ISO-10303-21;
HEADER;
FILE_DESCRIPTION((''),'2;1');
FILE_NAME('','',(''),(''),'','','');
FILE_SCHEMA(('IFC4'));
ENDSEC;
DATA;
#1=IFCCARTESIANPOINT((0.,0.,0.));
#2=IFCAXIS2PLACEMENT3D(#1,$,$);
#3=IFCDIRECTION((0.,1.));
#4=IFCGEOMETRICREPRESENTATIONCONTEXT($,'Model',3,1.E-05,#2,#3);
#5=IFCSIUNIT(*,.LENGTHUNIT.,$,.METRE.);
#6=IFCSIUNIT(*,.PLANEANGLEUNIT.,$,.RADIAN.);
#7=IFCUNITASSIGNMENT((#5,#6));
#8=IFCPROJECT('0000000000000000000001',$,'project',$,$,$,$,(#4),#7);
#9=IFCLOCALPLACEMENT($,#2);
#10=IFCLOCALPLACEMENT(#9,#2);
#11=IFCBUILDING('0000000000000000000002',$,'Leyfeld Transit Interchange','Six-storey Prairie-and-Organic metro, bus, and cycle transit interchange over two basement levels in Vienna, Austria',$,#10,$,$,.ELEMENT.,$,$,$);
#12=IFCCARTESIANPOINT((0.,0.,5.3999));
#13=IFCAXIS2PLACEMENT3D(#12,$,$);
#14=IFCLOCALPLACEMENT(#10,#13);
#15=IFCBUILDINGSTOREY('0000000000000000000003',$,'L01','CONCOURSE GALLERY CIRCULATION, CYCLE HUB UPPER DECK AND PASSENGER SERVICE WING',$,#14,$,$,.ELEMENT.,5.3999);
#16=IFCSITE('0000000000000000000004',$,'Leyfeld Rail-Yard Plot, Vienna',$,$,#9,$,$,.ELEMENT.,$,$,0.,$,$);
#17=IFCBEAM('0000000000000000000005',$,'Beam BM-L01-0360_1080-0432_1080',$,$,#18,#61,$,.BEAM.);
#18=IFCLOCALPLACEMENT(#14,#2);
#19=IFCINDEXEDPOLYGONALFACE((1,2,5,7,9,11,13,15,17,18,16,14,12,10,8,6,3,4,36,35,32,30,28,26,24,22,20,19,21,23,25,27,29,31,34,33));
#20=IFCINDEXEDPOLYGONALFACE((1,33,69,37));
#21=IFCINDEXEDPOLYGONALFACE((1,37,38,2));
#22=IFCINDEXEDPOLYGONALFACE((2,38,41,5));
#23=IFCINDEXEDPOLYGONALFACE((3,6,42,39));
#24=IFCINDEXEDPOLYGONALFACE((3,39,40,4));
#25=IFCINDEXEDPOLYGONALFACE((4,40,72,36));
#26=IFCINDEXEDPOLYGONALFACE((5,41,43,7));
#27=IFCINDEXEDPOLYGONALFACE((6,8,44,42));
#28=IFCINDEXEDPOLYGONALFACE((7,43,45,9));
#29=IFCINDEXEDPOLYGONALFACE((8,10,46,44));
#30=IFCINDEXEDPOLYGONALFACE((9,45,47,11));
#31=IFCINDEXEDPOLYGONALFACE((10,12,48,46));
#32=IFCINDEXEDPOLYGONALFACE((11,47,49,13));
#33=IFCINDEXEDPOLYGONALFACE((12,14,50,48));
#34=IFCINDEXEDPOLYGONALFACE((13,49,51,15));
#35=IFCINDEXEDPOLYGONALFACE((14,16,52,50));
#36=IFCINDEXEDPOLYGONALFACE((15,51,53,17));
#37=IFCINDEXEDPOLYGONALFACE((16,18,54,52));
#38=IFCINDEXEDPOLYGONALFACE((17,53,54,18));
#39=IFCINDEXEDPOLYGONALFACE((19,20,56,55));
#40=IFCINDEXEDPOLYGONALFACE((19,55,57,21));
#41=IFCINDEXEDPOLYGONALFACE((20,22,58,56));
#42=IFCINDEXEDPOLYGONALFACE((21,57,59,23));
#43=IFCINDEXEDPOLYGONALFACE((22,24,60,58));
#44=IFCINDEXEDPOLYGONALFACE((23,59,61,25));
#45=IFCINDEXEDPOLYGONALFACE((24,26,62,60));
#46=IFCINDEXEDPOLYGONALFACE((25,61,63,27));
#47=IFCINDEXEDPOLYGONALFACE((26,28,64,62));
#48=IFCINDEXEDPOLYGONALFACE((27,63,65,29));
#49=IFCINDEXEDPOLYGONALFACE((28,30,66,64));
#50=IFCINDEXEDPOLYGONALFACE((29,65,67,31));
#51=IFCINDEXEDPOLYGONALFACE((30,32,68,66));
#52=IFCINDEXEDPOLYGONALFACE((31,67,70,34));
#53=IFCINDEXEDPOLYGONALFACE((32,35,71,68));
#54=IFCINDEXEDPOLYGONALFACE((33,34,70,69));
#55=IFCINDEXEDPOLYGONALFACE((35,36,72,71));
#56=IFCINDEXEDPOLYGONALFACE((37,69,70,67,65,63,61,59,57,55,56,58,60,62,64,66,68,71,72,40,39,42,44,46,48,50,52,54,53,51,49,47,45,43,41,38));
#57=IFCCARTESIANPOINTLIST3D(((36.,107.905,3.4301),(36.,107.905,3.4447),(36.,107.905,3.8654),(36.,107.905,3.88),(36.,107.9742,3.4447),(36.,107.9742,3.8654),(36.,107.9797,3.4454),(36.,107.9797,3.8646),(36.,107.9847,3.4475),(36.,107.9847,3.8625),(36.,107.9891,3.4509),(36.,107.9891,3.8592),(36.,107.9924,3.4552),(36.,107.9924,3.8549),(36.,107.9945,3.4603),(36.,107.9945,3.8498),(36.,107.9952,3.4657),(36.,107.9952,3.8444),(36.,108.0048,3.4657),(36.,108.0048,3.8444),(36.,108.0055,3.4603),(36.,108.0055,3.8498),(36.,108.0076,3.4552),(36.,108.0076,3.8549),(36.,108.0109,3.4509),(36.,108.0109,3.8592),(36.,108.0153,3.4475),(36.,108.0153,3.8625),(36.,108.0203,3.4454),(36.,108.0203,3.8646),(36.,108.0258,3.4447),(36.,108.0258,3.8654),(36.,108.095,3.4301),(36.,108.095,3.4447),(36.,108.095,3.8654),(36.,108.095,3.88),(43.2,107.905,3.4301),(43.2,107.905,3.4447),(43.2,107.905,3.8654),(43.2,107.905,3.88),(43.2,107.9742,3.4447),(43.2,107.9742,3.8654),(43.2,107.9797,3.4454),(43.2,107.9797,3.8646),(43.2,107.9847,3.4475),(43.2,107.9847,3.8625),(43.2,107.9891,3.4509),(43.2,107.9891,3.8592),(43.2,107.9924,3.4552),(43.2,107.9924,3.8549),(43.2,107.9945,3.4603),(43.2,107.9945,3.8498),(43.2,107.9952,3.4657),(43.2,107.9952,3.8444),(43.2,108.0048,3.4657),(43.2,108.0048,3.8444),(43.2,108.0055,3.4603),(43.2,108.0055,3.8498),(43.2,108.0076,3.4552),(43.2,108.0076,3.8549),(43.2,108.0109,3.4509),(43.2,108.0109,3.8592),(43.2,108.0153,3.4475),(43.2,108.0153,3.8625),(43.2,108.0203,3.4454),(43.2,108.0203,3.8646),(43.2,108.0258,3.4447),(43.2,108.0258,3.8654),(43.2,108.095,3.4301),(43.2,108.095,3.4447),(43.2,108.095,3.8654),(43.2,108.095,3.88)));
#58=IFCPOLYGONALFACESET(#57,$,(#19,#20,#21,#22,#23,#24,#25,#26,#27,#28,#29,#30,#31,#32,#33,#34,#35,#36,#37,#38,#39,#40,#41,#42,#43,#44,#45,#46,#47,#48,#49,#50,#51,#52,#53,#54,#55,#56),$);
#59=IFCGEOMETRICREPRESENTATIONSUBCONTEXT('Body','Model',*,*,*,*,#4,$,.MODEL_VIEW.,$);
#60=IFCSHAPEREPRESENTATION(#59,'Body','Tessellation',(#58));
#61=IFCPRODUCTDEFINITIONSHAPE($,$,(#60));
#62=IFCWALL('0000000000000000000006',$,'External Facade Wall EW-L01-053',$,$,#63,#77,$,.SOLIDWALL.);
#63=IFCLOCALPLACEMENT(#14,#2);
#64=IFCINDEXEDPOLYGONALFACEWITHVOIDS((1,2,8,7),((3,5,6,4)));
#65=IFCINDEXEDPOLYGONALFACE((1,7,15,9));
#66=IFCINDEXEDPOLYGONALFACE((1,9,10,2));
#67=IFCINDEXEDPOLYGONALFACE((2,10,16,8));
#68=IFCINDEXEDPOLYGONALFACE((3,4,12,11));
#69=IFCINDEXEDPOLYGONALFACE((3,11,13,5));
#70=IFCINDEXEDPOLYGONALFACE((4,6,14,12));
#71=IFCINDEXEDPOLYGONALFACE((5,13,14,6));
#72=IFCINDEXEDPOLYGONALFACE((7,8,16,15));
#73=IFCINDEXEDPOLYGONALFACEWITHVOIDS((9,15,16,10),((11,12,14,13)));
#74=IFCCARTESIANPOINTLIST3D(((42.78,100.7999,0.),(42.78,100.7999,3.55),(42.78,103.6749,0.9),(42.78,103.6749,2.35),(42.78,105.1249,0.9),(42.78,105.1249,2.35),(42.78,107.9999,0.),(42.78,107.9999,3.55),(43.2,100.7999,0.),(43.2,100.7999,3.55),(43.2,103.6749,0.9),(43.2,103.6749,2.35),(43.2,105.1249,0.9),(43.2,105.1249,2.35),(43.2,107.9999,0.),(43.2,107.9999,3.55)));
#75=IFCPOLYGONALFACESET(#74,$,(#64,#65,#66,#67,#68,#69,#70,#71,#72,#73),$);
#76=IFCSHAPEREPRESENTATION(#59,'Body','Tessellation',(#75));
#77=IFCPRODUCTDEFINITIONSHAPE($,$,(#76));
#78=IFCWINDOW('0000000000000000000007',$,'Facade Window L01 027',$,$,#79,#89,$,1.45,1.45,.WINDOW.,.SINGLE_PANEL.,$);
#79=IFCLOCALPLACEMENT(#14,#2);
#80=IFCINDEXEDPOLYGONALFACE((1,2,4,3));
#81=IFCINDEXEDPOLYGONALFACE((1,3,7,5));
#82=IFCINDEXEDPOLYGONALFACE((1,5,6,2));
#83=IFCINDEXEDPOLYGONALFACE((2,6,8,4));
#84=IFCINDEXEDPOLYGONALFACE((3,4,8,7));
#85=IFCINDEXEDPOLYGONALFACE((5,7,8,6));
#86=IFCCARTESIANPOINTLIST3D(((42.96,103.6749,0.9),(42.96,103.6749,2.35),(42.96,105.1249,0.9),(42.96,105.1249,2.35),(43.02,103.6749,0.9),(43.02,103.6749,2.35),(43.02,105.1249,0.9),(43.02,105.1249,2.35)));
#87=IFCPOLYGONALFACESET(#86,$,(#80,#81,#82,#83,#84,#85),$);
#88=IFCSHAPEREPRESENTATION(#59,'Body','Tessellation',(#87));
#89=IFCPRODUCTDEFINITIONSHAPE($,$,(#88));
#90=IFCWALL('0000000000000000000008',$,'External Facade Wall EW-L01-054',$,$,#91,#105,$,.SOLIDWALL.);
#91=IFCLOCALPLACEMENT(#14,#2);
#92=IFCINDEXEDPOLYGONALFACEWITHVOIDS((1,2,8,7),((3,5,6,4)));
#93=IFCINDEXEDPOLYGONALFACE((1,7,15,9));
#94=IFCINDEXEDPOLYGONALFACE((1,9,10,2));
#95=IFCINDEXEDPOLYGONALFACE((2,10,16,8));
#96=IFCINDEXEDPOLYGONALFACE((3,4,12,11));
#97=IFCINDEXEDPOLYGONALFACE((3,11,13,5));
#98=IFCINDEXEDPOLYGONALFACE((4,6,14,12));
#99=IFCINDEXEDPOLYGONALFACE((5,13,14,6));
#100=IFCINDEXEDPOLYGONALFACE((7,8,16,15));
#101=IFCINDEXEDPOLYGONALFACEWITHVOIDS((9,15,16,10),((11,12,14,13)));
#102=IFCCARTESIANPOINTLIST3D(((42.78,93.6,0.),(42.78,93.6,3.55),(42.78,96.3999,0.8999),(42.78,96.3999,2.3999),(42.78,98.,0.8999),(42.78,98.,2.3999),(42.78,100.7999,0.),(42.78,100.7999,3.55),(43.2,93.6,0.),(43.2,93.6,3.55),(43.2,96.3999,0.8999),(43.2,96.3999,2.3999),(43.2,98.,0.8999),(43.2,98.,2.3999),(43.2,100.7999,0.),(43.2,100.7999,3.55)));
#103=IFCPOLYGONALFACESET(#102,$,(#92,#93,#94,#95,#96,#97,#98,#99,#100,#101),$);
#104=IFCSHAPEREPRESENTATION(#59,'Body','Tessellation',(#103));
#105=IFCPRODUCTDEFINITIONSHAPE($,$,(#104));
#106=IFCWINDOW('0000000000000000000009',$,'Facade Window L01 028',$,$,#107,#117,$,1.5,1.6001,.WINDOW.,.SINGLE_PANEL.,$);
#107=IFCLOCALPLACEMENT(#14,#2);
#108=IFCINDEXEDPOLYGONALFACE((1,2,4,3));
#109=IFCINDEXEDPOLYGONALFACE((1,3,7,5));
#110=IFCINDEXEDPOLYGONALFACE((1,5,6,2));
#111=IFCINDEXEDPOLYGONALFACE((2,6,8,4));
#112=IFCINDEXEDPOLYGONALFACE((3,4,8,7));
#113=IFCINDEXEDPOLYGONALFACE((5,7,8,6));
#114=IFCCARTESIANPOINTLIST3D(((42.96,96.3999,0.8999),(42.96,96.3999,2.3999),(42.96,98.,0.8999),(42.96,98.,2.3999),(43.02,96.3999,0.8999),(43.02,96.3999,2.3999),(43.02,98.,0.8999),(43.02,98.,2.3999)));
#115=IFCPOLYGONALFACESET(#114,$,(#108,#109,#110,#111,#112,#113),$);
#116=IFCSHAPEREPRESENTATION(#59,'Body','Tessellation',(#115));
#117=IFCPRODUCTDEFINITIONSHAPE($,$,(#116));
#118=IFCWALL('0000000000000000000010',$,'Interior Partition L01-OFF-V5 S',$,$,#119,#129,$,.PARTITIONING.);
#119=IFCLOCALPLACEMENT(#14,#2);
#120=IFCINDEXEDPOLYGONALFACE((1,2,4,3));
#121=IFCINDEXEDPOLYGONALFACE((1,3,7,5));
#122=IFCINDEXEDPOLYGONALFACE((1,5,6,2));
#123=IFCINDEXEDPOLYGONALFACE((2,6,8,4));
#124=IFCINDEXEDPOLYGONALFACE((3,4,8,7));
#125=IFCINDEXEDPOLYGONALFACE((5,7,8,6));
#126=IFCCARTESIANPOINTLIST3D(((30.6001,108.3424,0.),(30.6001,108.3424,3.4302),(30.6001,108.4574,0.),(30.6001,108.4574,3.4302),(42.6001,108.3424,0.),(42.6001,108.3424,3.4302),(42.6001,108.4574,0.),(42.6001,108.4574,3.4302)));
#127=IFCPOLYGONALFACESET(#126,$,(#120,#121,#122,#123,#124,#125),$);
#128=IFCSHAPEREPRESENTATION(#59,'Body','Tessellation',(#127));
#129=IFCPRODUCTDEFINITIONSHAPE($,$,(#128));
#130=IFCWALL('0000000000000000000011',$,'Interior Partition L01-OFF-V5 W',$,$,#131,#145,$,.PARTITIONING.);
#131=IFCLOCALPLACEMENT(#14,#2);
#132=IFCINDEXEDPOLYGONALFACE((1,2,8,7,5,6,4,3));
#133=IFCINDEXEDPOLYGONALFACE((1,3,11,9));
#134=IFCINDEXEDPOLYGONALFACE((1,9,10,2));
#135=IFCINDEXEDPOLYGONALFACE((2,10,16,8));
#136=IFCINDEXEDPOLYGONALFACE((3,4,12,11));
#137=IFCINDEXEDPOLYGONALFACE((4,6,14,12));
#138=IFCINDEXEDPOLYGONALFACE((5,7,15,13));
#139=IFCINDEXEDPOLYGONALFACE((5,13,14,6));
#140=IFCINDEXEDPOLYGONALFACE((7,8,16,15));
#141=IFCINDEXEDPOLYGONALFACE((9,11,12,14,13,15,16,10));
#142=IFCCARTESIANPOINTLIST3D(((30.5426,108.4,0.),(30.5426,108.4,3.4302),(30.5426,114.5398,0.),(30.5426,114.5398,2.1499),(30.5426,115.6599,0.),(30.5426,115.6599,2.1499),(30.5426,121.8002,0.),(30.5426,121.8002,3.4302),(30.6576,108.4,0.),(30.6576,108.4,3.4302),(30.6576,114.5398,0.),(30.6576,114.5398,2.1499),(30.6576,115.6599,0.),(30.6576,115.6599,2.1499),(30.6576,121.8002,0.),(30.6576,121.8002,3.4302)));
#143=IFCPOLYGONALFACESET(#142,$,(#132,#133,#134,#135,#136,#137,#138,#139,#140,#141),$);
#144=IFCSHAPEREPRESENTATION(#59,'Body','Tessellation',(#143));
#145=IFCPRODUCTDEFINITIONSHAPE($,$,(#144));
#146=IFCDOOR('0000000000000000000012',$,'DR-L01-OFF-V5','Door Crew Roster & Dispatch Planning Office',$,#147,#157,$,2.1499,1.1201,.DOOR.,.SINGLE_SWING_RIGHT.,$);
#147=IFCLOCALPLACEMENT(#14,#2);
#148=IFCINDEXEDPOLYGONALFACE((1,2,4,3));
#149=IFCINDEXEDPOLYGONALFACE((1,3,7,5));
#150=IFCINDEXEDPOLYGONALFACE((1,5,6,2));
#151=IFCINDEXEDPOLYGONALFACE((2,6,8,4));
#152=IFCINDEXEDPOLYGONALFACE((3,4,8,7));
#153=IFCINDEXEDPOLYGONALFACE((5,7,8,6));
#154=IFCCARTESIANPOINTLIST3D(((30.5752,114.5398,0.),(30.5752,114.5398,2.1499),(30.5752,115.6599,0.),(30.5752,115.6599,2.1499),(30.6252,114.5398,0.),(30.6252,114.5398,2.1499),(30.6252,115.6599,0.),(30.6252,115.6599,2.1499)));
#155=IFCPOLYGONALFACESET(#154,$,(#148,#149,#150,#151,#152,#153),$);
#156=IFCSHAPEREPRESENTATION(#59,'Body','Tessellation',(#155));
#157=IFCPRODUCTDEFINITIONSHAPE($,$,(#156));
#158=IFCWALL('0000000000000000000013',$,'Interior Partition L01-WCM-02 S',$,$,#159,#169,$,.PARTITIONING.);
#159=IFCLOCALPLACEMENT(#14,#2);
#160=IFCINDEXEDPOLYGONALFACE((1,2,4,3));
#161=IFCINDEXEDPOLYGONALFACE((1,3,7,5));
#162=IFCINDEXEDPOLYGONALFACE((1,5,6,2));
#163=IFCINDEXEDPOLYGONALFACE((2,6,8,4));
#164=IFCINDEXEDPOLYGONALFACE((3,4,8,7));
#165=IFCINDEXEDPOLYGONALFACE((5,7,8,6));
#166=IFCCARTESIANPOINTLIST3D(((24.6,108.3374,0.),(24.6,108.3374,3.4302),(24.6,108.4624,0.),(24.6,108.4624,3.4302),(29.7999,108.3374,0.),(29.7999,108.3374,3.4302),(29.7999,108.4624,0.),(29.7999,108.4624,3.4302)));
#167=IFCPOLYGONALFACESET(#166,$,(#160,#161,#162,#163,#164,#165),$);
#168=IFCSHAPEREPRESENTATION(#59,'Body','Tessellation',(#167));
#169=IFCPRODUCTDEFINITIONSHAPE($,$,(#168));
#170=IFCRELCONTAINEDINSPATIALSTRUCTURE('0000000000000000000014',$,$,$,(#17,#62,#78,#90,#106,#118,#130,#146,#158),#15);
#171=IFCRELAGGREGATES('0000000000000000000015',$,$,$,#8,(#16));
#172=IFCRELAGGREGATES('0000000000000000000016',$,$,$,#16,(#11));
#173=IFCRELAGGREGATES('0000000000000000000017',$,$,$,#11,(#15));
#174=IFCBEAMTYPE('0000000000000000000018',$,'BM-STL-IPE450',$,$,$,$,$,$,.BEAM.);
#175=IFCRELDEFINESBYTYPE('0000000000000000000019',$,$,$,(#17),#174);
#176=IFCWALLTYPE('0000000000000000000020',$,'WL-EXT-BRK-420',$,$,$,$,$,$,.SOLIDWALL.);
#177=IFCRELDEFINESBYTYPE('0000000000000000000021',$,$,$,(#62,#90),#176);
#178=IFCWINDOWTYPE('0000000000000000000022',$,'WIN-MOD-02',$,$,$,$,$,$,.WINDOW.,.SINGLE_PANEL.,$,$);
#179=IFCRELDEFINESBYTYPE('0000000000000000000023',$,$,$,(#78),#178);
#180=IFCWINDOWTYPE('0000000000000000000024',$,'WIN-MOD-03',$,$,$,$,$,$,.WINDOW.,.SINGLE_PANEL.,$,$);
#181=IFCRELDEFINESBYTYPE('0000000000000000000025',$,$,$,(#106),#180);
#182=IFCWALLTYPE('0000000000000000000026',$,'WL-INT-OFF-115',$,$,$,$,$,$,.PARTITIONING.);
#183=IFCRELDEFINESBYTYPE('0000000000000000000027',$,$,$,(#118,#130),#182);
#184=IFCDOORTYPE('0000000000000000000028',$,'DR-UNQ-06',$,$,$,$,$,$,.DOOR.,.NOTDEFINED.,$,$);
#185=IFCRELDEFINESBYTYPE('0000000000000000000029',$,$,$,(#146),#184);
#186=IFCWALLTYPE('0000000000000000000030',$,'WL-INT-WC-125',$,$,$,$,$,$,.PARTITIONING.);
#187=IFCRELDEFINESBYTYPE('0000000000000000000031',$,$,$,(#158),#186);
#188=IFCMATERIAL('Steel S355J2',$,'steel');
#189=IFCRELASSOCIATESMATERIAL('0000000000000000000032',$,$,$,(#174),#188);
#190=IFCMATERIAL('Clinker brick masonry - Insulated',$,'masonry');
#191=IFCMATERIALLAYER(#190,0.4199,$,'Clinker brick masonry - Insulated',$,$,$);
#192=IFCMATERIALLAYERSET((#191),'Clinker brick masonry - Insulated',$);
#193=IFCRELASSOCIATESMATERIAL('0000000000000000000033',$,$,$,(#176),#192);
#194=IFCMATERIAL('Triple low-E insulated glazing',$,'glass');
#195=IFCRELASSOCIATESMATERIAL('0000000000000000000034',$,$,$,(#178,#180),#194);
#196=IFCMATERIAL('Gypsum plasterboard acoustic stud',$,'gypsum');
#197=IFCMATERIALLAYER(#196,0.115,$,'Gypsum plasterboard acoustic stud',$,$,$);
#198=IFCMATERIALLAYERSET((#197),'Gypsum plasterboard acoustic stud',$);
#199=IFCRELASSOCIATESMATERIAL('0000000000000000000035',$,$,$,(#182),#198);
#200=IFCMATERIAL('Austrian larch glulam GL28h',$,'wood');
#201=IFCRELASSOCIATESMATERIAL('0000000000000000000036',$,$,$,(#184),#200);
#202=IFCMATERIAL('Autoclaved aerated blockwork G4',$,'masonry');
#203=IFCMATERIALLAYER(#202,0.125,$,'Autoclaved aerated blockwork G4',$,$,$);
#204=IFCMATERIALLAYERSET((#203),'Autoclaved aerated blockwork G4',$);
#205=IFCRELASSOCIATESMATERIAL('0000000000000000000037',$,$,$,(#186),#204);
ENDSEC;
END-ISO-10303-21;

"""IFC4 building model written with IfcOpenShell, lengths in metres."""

from ifc_helpers import new_model, si_unit, direction, frame, frame_2d, origin, origin_2d, place, context, subcontext, project, spatial, rectangle, i_section, extrude, material, layer, layer_set, material_profile, profile_set, type_object, element, fill, save


model = new_model("IFC4")

# Units and contexts
model_context = context("Model", 3, precision=1e-05, world=origin(), true_north=direction((0.0, 1.0)))
body_context = subcontext(model_context, "Body", "Model", "MODEL_VIEW")
ifc_project = project(units=[si_unit("LENGTHUNIT", "METRE"), si_unit("PLANEANGLEUNIT", "RADIAN")], contexts=[model_context])

# Site, building, storey
site_placement = place(None, origin())
site = spatial("IfcSite", under=ifc_project, at=site_placement, Name="Leyfeld Rail-Yard Plot, Vienna", CompositionType="ELEMENT", RefElevation=0.0)
building_placement = place(site_placement, origin())
building = spatial("IfcBuilding", under=site, at=building_placement, Name="Leyfeld Transit Interchange", Description="Six-storey Prairie-and-Organic metro, bus, and cycle transit interchange over two basement levels in Vienna, Austria", CompositionType="ELEMENT")
storey_placement = place(building_placement, frame((0.0, 0.0, 5.3999)))
storey = spatial("IfcBuildingStorey", under=building, at=storey_placement, Name="L01", Description="CONCOURSE GALLERY CIRCULATION, CYCLE HUB UPPER DECK AND PASSENGER SERVICE WING", CompositionType="ELEMENT", Elevation=5.3999)

# Beam
ifc_material_1 = material(Name="Steel S355J2", Category="steel")
ifc_material_profile_1 = material_profile(ifc_material_1, i_section(OverallWidth=0.1899, OverallDepth=0.45, WebThickness=0.0095, FlangeThickness=0.0146, FilletRadius=0.021, at=origin_2d()), Name="IPE 450")
ifc_profile_set_1 = profile_set([ifc_material_profile_1], Name="Steel S355J2")
beam_type_1 = type_object("IfcBeamType", Name="BM-STL-IPE450", PredefinedType="BEAM", material=ifc_profile_set_1)
for number, where, z_axis, x_axis, name in (
    (1, (36.0, 108.0, 3.655), (1.0, 0.0, 0.0), (0.0, 1.0, 0.0), "Beam BM-L01-0360_1080-0432_1080"),
):
    element("IfcBeam", number, at=place(storey_placement, frame(where, z_axis=z_axis, x_axis=x_axis)), inside=storey, type_object=beam_type_1, Name=name, PredefinedType="BEAM", context=body_context, shape_type="SweptSolid", body=[
        extrude(i_section(OverallWidth=0.1899, OverallDepth=0.45, WebThickness=0.0095, FlangeThickness=0.0146, FilletRadius=0.021, at=origin_2d()), origin(), (0.0, 0.0, 1.0), 7.2),
    ])

# Walls, openings, windows
ifc_material_2 = material(Name="Clinker brick masonry - Insulated", Category="masonry")
ifc_layer_1 = layer(ifc_material_2, 0.4199, Name="Clinker brick masonry - Insulated")
ifc_layer_set_1 = layer_set([ifc_layer_1], Name="Clinker brick masonry - Insulated")
wall_type_1 = type_object("IfcWallType", Name="WL-EXT-BRK-420", PredefinedType="SOLIDWALL", material=ifc_layer_set_1)
wall_1_placement = place(storey_placement, frame((42.99, 108.0, 0.0), z_axis=(0.0, 0.0, 1.0), x_axis=(0.0, -1.0, 0.0)))
wall_1 = element("IfcWall", 2, at=wall_1_placement, inside=storey, type_object=wall_type_1, Name="External Facade Wall EW-L01-053", PredefinedType="SOLIDWALL", context=body_context, shape_type="SweptSolid", body=[
    extrude(rectangle(XDim=7.2, YDim=0.4199, at=frame_2d((3.6001, 0.0))), origin(), (0.0, 0.0, 1.0), 3.55),
])
opening_1_placement = place(wall_1_placement, frame((2.875, 0.0, 0.8999)))
opening_1 = element("IfcOpeningElement", 3, at=opening_1_placement, cuts=wall_1, PredefinedType="OPENING", context=body_context, shape_type="SweptSolid", body=[
    extrude(rectangle(XDim=1.45, YDim=1.45, at=frame_2d((0.7251, 0.7251))), frame((0.0, 0.22, 0.0), z_axis=(0.0, -1.0, 0.0), x_axis=(1.0, 0.0, 0.0)), (0.0, 0.0, 1.0), 0.4399),
])
ifc_material_3 = material(Name="Triple low-E insulated glazing", Category="glass")
window_type_1 = type_object("IfcWindowType", Name="WIN-MOD-02", PartitioningType="SINGLE_PANEL", PredefinedType="WINDOW", material=ifc_material_3)
window_1_placement = place(opening_1_placement, origin())
window_1 = element("IfcWindow", 4, at=window_1_placement, inside=storey, type_object=window_type_1, Name="Facade Window L01 027", OverallHeight=1.45, OverallWidth=1.45, PartitioningType="SINGLE_PANEL", PredefinedType="WINDOW", context=body_context, shape_type="SweptSolid", body=[
    extrude(rectangle(XDim=1.45, YDim=1.45, at=frame_2d((0.7251, 0.7251))), frame((0.0, 0.03, 0.0), z_axis=(0.0, -1.0, 0.0), x_axis=(1.0, 0.0, 0.0)), (0.0, 0.0, 1.0), 0.0601),
])
fill(opening_1, window_1)
wall_2_placement = place(storey_placement, frame((42.99, 100.8, 0.0), z_axis=(0.0, 0.0, 1.0), x_axis=(0.0, -1.0, 0.0)))
wall_2 = element("IfcWall", 5, at=wall_2_placement, inside=storey, type_object=wall_type_1, Name="External Facade Wall EW-L01-054", PredefinedType="SOLIDWALL", context=body_context, shape_type="SweptSolid", body=[
    extrude(rectangle(XDim=7.2, YDim=0.4199, at=frame_2d((3.6001, 0.0))), origin(), (0.0, 0.0, 1.0), 3.55),
])
opening_2_placement = place(wall_2_placement, frame((2.8, 0.0, 0.8999)))
opening_2 = element("IfcOpeningElement", 6, at=opening_2_placement, cuts=wall_2, PredefinedType="OPENING", context=body_context, shape_type="SweptSolid", body=[
    extrude(rectangle(XDim=1.6001, YDim=1.5, at=frame_2d((0.8, 0.75))), frame((0.0, 0.22, 0.0), z_axis=(0.0, -1.0, 0.0), x_axis=(1.0, 0.0, 0.0)), (0.0, 0.0, 1.0), 0.4399),
])
window_type_2 = type_object("IfcWindowType", Name="WIN-MOD-03", PartitioningType="SINGLE_PANEL", PredefinedType="WINDOW", material=ifc_material_3)
window_2_placement = place(opening_2_placement, origin())
window_2 = element("IfcWindow", 7, at=window_2_placement, inside=storey, type_object=window_type_2, Name="Facade Window L01 028", OverallHeight=1.5, OverallWidth=1.6001, PartitioningType="SINGLE_PANEL", PredefinedType="WINDOW", context=body_context, shape_type="SweptSolid", body=[
    extrude(rectangle(XDim=1.6001, YDim=1.5, at=frame_2d((0.8, 0.75))), frame((0.0, 0.03, 0.0), z_axis=(0.0, -1.0, 0.0), x_axis=(1.0, 0.0, 0.0)), (0.0, 0.0, 1.0), 0.0601),
])
fill(opening_2, window_2)

# Wall
ifc_material_4 = material(Name="Gypsum plasterboard acoustic stud", Category="gypsum")
ifc_layer_2 = layer(ifc_material_4, 0.115, Name="Gypsum plasterboard acoustic stud")
ifc_layer_set_2 = layer_set([ifc_layer_2], Name="Gypsum plasterboard acoustic stud")
wall_type_2 = type_object("IfcWallType", Name="WL-INT-OFF-115", PredefinedType="PARTITIONING", material=ifc_layer_set_2)
wall_3_placement = place(storey_placement, frame((42.6001, 108.3999, 0.0), z_axis=(0.0, 0.0, 1.0), x_axis=(-1.0, 0.0, 0.0)))
element("IfcWall", 8, at=wall_3_placement, inside=storey, type_object=wall_type_2, Name="Interior Partition L01-OFF-V5 S", PredefinedType="PARTITIONING", context=body_context, shape_type="SweptSolid", body=[
    extrude(rectangle(XDim=12.0, YDim=0.115, at=frame_2d((6.0, 0.0))), origin(), (0.0, 0.0, 1.0), 3.4302),
])

# Wall, opening, door
wall_4_placement = place(storey_placement, frame((30.6001, 108.3999, 0.0), z_axis=(0.0, 0.0, 1.0), x_axis=(0.0, 1.0, 0.0)))
wall_4 = element("IfcWall", 9, at=wall_4_placement, inside=storey, type_object=wall_type_2, Name="Interior Partition L01-OFF-V5 W", PredefinedType="PARTITIONING", context=body_context, shape_type="SweptSolid", body=[
    extrude(rectangle(XDim=13.4001, YDim=0.115, at=frame_2d((6.7002, 0.0))), origin(), (0.0, 0.0, 1.0), 3.4302),
])
opening_3_placement = place(wall_4_placement, frame((6.1399, 0.0, 0.0)))
opening_3 = element("IfcOpeningElement", 10, at=opening_3_placement, cuts=wall_4, PredefinedType="OPENING", context=body_context, shape_type="SweptSolid", body=[
    extrude(rectangle(XDim=1.1201, YDim=2.1499, at=frame_2d((0.5601, 1.075))), frame((0.0, 0.0674, 0.0), z_axis=(0.0, -1.0, 0.0), x_axis=(1.0, 0.0, 0.0)), (0.0, 0.0, 1.0), 0.135),
])
ifc_material_5 = material(Name="Austrian larch glulam GL28h", Category="wood")
door_type = type_object("IfcDoorType", Name="DR-UNQ-06", OperationType="NOTDEFINED", PredefinedType="DOOR", material=ifc_material_5)
door_placement = place(opening_3_placement, origin())
door = element("IfcDoor", 11, at=door_placement, inside=storey, type_object=door_type, Name="DR-L01-OFF-V5", Description="Door Crew Roster & Dispatch Planning Office", OperationType="SINGLE_SWING_RIGHT", OverallHeight=2.1499, OverallWidth=1.1201, PredefinedType="DOOR", context=body_context, shape_type="SweptSolid", body=[
    extrude(rectangle(XDim=1.1201, YDim=2.1499, at=frame_2d((0.5601, 1.075))), frame((0.0, 0.0249, 0.0), z_axis=(0.0, -1.0, 0.0), x_axis=(1.0, 0.0, 0.0)), (0.0, 0.0, 1.0), 0.05),
])
fill(opening_3, door)

# Wall
ifc_material_6 = material(Name="Autoclaved aerated blockwork G4", Category="masonry")
ifc_layer_3 = layer(ifc_material_6, 0.125, Name="Autoclaved aerated blockwork G4")
ifc_layer_set_3 = layer_set([ifc_layer_3], Name="Autoclaved aerated blockwork G4")
wall_type_3 = type_object("IfcWallType", Name="WL-INT-WC-125", PredefinedType="PARTITIONING", material=ifc_layer_set_3)
wall_5_placement = place(storey_placement, frame((29.8, 108.3999, 0.0), z_axis=(0.0, 0.0, 1.0), x_axis=(-1.0, 0.0, 0.0)))
element("IfcWall", 12, at=wall_5_placement, inside=storey, type_object=wall_type_3, Name="Interior Partition L01-WCM-02 S", PredefinedType="PARTITIONING", context=body_context, shape_type="SweptSolid", body=[
    extrude(rectangle(XDim=5.2, YDim=0.125, at=frame_2d((2.6001, 0.0))), origin(), (0.0, 0.0, 1.0), 3.4302),
])

save(model, "model.ifc")
